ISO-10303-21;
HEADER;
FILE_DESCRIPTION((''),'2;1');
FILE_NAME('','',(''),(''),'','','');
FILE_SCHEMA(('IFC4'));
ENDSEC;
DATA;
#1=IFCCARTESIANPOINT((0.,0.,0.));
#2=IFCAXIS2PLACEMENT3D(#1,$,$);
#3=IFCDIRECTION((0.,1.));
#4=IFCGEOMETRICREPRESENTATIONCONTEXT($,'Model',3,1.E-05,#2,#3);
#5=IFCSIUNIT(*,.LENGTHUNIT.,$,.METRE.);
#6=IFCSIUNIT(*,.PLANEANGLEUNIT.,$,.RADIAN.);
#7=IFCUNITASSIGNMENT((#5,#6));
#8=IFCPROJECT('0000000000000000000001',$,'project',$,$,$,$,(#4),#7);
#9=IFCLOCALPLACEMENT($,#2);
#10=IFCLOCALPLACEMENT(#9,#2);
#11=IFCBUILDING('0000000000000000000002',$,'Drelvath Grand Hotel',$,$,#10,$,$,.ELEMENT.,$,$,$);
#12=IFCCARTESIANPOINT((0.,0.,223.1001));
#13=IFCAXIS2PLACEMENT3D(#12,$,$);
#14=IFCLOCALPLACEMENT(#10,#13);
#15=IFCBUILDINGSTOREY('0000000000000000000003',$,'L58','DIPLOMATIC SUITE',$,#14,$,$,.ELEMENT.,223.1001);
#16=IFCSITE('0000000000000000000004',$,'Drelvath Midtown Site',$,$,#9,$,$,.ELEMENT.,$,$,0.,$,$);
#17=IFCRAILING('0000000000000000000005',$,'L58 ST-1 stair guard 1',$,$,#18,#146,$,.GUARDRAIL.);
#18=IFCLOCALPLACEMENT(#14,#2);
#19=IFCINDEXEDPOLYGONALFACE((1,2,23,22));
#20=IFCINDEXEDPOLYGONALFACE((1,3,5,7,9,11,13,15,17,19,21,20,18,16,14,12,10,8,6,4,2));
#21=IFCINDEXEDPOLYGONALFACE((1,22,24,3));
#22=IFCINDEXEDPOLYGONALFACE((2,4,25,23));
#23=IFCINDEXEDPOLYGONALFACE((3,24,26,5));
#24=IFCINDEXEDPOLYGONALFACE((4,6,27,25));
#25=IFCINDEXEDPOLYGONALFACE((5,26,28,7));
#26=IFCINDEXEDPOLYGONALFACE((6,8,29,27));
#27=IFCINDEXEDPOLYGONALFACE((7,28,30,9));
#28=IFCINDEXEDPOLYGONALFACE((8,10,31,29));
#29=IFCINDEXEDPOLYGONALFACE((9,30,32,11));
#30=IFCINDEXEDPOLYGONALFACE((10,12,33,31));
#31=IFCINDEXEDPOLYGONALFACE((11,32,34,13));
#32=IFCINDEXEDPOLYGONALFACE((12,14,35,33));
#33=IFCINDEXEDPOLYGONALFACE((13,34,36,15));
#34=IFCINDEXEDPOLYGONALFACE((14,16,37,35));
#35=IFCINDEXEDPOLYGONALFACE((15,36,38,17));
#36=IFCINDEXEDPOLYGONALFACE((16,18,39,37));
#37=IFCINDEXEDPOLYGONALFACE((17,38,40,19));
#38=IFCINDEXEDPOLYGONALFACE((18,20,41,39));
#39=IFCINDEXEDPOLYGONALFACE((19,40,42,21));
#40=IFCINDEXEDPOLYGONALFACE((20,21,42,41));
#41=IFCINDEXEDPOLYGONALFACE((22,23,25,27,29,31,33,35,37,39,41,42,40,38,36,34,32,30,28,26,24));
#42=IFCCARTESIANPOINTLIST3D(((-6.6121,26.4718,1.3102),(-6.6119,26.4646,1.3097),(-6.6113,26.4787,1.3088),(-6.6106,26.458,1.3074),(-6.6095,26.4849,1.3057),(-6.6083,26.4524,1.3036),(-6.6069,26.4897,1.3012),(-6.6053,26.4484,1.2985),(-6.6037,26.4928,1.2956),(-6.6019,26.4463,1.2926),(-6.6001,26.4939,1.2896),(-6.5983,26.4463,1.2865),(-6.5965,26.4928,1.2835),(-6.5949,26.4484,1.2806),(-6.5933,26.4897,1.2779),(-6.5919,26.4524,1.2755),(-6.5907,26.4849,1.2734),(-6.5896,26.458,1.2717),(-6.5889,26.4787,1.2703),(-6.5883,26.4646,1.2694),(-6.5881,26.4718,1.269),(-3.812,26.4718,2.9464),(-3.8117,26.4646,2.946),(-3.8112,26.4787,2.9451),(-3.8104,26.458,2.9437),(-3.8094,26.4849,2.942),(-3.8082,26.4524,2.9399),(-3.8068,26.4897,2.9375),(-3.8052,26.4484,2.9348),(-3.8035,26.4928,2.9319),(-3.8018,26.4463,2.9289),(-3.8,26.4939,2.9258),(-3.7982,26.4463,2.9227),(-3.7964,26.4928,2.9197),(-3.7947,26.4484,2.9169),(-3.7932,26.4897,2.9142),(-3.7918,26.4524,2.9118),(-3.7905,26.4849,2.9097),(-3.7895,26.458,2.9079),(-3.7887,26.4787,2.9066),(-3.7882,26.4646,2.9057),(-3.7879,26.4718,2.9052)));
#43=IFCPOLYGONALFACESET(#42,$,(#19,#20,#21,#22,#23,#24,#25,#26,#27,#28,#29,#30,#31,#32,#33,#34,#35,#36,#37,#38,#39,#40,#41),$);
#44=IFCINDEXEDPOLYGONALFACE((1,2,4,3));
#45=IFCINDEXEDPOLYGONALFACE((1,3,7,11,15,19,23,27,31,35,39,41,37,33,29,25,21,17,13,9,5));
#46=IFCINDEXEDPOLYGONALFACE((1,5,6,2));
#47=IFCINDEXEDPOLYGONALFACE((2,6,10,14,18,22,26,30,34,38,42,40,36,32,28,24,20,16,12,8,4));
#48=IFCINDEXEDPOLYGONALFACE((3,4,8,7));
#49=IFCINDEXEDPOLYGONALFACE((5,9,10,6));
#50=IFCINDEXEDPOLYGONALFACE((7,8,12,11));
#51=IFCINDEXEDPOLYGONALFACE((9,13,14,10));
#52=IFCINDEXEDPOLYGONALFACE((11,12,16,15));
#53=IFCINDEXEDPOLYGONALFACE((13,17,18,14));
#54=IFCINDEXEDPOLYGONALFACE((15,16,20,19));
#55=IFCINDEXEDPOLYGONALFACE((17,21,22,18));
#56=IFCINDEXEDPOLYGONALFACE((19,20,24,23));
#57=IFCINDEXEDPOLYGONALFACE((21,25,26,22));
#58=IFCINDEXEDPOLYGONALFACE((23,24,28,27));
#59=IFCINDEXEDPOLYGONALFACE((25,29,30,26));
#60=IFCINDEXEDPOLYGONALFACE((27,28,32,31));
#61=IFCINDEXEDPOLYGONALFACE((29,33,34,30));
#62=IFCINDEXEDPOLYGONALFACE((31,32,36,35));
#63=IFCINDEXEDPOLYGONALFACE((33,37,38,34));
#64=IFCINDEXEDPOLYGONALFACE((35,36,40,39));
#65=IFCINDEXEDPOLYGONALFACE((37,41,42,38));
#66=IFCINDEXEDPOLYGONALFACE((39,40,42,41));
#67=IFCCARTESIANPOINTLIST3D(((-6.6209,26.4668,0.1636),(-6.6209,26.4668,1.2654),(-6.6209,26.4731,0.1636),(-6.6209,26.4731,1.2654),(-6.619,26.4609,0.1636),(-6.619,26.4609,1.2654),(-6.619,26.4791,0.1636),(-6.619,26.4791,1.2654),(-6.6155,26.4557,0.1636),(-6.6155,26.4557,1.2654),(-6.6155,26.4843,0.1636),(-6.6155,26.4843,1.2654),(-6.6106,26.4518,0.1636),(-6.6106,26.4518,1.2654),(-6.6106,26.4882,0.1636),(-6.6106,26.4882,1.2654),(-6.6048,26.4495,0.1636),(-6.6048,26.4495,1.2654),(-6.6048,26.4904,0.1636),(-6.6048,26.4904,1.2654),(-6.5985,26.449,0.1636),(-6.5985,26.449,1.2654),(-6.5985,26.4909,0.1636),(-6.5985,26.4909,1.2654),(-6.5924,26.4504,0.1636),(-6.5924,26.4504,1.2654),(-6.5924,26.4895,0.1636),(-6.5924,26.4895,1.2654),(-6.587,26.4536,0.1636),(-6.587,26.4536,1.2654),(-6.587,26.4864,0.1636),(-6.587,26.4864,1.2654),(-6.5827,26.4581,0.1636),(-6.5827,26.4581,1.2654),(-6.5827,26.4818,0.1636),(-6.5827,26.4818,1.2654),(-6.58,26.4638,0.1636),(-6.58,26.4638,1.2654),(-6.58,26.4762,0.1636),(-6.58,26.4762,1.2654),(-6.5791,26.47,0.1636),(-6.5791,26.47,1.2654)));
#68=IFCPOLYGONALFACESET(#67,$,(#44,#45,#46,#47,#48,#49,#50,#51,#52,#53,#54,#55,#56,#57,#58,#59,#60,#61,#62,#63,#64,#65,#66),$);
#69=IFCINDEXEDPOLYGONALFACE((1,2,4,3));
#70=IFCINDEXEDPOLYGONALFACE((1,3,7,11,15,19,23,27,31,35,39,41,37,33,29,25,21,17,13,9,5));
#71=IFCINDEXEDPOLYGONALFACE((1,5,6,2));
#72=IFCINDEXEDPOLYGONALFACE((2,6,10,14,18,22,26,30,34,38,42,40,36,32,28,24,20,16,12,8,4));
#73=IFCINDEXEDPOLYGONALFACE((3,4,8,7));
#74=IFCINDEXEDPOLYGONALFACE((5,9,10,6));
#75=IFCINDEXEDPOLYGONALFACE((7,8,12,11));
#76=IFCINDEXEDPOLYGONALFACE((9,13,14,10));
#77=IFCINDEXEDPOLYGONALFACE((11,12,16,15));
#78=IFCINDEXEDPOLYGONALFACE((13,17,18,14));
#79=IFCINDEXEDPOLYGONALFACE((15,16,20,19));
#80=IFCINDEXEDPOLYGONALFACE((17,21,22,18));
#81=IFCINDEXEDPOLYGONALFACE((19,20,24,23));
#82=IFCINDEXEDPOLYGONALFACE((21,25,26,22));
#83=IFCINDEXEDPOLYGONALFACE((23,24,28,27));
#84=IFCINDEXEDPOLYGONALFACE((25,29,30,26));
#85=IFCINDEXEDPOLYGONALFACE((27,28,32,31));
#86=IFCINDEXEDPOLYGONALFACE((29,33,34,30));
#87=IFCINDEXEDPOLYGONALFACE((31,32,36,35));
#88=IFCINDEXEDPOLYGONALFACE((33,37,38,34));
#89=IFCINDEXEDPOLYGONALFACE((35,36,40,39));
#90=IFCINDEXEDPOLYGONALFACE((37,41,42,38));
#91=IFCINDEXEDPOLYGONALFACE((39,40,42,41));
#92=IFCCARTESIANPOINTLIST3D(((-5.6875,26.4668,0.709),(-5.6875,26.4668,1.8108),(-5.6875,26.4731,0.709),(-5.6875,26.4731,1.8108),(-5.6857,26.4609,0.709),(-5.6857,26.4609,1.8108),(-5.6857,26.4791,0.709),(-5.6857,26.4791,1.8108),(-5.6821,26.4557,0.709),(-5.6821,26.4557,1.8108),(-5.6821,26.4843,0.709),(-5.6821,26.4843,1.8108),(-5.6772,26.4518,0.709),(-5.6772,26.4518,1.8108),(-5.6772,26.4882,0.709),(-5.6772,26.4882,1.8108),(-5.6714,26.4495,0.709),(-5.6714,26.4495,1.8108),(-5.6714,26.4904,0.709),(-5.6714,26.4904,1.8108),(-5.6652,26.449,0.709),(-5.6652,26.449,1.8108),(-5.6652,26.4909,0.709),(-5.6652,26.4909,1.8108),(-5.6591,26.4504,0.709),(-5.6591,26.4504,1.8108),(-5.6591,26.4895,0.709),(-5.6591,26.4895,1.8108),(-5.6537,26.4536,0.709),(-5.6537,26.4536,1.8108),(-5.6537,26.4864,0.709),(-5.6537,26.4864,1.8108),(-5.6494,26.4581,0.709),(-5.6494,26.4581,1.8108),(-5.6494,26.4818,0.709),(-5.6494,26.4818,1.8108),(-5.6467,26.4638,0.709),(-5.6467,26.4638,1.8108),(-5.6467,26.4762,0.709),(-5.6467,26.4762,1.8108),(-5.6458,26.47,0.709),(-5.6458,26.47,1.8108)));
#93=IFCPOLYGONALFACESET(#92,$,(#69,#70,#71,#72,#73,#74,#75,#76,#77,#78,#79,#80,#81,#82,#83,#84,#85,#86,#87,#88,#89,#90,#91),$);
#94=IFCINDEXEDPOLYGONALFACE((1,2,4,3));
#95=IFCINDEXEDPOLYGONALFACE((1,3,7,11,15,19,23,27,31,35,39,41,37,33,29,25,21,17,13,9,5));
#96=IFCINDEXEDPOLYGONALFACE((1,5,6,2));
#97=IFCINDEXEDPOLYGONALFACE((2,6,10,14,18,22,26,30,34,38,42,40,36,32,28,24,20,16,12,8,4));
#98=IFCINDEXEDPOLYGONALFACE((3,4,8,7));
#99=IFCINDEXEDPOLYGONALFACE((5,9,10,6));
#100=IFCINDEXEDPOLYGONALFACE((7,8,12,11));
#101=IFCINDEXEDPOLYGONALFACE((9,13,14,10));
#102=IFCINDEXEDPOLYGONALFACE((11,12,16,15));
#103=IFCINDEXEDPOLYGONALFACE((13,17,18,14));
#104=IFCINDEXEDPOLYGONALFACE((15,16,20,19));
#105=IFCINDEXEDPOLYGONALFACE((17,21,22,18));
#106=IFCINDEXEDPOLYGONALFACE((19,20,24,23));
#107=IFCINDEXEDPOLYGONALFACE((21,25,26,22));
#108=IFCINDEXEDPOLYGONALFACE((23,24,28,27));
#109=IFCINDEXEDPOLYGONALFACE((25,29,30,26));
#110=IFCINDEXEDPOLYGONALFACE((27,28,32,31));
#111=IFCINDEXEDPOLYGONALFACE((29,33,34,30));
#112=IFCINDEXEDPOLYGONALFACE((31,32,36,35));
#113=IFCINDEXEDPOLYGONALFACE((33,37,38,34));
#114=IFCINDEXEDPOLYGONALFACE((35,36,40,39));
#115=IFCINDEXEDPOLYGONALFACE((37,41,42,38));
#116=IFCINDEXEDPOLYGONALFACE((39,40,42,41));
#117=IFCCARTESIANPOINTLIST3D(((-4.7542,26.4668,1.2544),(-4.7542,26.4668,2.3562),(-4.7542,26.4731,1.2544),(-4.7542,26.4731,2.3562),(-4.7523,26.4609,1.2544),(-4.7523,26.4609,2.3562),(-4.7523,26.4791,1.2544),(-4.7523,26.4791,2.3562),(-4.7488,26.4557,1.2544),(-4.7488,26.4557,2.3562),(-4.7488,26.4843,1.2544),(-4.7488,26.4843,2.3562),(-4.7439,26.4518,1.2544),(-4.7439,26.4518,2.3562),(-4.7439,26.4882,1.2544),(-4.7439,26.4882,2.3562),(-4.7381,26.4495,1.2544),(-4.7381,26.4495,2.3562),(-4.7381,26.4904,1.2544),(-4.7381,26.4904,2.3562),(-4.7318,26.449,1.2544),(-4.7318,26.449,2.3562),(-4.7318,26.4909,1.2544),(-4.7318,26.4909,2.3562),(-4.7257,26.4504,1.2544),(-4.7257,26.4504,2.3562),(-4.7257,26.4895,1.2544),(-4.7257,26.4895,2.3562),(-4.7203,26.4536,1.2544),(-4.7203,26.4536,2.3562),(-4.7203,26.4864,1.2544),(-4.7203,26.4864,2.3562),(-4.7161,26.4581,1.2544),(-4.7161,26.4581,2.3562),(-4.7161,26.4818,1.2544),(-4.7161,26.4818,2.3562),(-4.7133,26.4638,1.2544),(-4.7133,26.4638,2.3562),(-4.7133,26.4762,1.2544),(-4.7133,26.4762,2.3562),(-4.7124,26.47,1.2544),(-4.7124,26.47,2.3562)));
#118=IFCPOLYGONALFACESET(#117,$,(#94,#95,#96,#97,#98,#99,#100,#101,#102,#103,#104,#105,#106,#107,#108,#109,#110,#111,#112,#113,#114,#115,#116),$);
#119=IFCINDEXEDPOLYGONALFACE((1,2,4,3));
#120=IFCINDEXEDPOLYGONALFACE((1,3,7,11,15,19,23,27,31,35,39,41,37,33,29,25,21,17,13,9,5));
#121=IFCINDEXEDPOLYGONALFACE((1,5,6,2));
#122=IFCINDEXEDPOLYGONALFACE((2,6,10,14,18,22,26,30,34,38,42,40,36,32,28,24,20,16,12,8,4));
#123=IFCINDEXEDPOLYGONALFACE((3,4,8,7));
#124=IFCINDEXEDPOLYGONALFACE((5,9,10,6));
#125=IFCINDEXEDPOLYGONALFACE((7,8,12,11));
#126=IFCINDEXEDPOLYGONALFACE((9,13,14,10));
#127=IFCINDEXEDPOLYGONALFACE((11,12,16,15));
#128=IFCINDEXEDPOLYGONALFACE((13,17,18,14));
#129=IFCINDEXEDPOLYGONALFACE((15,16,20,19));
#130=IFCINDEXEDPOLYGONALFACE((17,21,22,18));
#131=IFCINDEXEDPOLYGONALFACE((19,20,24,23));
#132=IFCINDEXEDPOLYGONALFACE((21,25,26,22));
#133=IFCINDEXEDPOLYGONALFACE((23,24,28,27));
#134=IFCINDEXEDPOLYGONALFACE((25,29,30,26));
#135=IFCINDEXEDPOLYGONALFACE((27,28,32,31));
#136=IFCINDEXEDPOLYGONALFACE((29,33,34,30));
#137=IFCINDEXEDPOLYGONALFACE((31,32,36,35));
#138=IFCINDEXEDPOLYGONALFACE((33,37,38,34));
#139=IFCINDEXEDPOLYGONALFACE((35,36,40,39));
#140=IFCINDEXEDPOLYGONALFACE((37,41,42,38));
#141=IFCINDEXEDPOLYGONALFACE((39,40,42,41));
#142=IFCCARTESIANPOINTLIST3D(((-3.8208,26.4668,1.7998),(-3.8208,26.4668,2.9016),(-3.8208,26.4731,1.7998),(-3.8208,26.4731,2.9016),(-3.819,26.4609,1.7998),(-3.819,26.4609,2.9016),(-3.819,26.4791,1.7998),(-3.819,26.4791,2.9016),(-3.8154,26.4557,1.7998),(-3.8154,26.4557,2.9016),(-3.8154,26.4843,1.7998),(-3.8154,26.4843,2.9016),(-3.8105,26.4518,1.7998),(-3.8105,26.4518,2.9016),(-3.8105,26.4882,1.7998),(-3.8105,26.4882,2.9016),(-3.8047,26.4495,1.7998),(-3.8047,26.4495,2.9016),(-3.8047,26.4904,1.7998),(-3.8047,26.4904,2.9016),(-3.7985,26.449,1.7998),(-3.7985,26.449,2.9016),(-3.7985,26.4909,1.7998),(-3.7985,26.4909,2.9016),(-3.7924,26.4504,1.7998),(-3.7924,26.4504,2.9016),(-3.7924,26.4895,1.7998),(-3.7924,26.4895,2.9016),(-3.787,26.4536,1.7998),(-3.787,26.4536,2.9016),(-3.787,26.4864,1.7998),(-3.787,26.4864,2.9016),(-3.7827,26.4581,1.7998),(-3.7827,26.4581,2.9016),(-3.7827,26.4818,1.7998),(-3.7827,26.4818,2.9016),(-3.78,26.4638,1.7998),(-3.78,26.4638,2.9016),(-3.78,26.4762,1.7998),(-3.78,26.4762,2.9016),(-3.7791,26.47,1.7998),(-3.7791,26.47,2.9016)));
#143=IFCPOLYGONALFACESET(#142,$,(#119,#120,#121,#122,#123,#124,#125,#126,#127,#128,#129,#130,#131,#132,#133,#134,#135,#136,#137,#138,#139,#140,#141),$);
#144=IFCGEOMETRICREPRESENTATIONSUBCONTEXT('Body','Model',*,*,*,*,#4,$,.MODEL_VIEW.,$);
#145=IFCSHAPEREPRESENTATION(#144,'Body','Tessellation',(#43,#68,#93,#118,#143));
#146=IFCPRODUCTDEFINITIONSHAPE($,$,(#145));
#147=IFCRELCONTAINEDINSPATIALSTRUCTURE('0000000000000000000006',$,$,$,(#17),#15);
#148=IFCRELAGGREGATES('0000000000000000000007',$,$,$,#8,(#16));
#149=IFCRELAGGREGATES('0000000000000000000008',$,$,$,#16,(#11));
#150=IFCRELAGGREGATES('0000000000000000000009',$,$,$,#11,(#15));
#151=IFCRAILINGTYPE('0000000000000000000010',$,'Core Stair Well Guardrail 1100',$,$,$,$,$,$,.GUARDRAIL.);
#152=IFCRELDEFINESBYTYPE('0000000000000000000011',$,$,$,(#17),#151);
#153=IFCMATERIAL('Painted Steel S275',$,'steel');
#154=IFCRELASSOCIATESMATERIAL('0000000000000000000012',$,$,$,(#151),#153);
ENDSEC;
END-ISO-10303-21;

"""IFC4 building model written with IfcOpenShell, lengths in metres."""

from ifc_helpers import new_model, si_unit, direction, frame, origin, origin_2d, place, context, subcontext, project, spatial, circle, extrude, material, type_object, element, save


model = new_model("IFC4")

# Units and contexts
model_context = context("Model", 3, precision=1e-05, world=origin(), true_north=direction((0.0, 1.0)))
body_context = subcontext(model_context, "Body", "Model", "MODEL_VIEW")
ifc_project = project(units=[si_unit("LENGTHUNIT", "METRE"), si_unit("PLANEANGLEUNIT", "RADIAN")], contexts=[model_context])

# Site, building, storey
site_placement = place(None, origin())
site = spatial("IfcSite", under=ifc_project, at=site_placement, Name="Drelvath Midtown Site", CompositionType="ELEMENT", RefElevation=0.0)
building_placement = place(site_placement, origin())
building = spatial("IfcBuilding", under=site, at=building_placement, Name="Drelvath Grand Hotel", CompositionType="ELEMENT")
storey_placement = place(building_placement, frame((0.0, 0.0, 223.1001)))
storey = spatial("IfcBuildingStorey", under=building, at=storey_placement, Name="L58", Description="DIPLOMATIC SUITE", CompositionType="ELEMENT", Elevation=223.1001)

# Shared definitions
ifc_material_1 = material(Name="Painted Steel S275", Category="steel")

# Railing
railing_type_1 = type_object("IfcRailingType", Name="Core Stair Well Guardrail 1100", PredefinedType="GUARDRAIL", material=ifc_material_1)
railing_1_placement = place(storey_placement, frame((-6.6001, 26.47, 0.1636)))
element("IfcRailing", 1, at=railing_1_placement, inside=storey, type_object=railing_type_1, Name="L58 ST-1 stair guard 1", PredefinedType="GUARDRAIL", context=body_context, shape_type="SweptSolid", body=[
    extrude(circle(Radius=0.0239, at=origin_2d()), frame((0.0, 0.0, 1.126), z_axis=(0.863394, 0.0, 0.504531), x_axis=(0.0, 1.0, 0.0)), (0.0, 0.0, 1.0), 3.2432),
    extrude(circle(Radius=0.021, at=origin_2d()), origin(), (0.0, 0.0, 1.0), 1.1018),
    extrude(circle(Radius=0.021, at=origin_2d()), frame((0.9333, 0.0, 0.5454)), (0.0, 0.0, 1.0), 1.1018),
    extrude(circle(Radius=0.021, at=origin_2d()), frame((1.8667, 0.0, 1.0908)), (0.0, 0.0, 1.0), 1.1018),
    extrude(circle(Radius=0.021, at=origin_2d()), frame((2.8, 0.0, 1.6362)), (0.0, 0.0, 1.0), 1.1018),
])

save(model, "model.ifc")
